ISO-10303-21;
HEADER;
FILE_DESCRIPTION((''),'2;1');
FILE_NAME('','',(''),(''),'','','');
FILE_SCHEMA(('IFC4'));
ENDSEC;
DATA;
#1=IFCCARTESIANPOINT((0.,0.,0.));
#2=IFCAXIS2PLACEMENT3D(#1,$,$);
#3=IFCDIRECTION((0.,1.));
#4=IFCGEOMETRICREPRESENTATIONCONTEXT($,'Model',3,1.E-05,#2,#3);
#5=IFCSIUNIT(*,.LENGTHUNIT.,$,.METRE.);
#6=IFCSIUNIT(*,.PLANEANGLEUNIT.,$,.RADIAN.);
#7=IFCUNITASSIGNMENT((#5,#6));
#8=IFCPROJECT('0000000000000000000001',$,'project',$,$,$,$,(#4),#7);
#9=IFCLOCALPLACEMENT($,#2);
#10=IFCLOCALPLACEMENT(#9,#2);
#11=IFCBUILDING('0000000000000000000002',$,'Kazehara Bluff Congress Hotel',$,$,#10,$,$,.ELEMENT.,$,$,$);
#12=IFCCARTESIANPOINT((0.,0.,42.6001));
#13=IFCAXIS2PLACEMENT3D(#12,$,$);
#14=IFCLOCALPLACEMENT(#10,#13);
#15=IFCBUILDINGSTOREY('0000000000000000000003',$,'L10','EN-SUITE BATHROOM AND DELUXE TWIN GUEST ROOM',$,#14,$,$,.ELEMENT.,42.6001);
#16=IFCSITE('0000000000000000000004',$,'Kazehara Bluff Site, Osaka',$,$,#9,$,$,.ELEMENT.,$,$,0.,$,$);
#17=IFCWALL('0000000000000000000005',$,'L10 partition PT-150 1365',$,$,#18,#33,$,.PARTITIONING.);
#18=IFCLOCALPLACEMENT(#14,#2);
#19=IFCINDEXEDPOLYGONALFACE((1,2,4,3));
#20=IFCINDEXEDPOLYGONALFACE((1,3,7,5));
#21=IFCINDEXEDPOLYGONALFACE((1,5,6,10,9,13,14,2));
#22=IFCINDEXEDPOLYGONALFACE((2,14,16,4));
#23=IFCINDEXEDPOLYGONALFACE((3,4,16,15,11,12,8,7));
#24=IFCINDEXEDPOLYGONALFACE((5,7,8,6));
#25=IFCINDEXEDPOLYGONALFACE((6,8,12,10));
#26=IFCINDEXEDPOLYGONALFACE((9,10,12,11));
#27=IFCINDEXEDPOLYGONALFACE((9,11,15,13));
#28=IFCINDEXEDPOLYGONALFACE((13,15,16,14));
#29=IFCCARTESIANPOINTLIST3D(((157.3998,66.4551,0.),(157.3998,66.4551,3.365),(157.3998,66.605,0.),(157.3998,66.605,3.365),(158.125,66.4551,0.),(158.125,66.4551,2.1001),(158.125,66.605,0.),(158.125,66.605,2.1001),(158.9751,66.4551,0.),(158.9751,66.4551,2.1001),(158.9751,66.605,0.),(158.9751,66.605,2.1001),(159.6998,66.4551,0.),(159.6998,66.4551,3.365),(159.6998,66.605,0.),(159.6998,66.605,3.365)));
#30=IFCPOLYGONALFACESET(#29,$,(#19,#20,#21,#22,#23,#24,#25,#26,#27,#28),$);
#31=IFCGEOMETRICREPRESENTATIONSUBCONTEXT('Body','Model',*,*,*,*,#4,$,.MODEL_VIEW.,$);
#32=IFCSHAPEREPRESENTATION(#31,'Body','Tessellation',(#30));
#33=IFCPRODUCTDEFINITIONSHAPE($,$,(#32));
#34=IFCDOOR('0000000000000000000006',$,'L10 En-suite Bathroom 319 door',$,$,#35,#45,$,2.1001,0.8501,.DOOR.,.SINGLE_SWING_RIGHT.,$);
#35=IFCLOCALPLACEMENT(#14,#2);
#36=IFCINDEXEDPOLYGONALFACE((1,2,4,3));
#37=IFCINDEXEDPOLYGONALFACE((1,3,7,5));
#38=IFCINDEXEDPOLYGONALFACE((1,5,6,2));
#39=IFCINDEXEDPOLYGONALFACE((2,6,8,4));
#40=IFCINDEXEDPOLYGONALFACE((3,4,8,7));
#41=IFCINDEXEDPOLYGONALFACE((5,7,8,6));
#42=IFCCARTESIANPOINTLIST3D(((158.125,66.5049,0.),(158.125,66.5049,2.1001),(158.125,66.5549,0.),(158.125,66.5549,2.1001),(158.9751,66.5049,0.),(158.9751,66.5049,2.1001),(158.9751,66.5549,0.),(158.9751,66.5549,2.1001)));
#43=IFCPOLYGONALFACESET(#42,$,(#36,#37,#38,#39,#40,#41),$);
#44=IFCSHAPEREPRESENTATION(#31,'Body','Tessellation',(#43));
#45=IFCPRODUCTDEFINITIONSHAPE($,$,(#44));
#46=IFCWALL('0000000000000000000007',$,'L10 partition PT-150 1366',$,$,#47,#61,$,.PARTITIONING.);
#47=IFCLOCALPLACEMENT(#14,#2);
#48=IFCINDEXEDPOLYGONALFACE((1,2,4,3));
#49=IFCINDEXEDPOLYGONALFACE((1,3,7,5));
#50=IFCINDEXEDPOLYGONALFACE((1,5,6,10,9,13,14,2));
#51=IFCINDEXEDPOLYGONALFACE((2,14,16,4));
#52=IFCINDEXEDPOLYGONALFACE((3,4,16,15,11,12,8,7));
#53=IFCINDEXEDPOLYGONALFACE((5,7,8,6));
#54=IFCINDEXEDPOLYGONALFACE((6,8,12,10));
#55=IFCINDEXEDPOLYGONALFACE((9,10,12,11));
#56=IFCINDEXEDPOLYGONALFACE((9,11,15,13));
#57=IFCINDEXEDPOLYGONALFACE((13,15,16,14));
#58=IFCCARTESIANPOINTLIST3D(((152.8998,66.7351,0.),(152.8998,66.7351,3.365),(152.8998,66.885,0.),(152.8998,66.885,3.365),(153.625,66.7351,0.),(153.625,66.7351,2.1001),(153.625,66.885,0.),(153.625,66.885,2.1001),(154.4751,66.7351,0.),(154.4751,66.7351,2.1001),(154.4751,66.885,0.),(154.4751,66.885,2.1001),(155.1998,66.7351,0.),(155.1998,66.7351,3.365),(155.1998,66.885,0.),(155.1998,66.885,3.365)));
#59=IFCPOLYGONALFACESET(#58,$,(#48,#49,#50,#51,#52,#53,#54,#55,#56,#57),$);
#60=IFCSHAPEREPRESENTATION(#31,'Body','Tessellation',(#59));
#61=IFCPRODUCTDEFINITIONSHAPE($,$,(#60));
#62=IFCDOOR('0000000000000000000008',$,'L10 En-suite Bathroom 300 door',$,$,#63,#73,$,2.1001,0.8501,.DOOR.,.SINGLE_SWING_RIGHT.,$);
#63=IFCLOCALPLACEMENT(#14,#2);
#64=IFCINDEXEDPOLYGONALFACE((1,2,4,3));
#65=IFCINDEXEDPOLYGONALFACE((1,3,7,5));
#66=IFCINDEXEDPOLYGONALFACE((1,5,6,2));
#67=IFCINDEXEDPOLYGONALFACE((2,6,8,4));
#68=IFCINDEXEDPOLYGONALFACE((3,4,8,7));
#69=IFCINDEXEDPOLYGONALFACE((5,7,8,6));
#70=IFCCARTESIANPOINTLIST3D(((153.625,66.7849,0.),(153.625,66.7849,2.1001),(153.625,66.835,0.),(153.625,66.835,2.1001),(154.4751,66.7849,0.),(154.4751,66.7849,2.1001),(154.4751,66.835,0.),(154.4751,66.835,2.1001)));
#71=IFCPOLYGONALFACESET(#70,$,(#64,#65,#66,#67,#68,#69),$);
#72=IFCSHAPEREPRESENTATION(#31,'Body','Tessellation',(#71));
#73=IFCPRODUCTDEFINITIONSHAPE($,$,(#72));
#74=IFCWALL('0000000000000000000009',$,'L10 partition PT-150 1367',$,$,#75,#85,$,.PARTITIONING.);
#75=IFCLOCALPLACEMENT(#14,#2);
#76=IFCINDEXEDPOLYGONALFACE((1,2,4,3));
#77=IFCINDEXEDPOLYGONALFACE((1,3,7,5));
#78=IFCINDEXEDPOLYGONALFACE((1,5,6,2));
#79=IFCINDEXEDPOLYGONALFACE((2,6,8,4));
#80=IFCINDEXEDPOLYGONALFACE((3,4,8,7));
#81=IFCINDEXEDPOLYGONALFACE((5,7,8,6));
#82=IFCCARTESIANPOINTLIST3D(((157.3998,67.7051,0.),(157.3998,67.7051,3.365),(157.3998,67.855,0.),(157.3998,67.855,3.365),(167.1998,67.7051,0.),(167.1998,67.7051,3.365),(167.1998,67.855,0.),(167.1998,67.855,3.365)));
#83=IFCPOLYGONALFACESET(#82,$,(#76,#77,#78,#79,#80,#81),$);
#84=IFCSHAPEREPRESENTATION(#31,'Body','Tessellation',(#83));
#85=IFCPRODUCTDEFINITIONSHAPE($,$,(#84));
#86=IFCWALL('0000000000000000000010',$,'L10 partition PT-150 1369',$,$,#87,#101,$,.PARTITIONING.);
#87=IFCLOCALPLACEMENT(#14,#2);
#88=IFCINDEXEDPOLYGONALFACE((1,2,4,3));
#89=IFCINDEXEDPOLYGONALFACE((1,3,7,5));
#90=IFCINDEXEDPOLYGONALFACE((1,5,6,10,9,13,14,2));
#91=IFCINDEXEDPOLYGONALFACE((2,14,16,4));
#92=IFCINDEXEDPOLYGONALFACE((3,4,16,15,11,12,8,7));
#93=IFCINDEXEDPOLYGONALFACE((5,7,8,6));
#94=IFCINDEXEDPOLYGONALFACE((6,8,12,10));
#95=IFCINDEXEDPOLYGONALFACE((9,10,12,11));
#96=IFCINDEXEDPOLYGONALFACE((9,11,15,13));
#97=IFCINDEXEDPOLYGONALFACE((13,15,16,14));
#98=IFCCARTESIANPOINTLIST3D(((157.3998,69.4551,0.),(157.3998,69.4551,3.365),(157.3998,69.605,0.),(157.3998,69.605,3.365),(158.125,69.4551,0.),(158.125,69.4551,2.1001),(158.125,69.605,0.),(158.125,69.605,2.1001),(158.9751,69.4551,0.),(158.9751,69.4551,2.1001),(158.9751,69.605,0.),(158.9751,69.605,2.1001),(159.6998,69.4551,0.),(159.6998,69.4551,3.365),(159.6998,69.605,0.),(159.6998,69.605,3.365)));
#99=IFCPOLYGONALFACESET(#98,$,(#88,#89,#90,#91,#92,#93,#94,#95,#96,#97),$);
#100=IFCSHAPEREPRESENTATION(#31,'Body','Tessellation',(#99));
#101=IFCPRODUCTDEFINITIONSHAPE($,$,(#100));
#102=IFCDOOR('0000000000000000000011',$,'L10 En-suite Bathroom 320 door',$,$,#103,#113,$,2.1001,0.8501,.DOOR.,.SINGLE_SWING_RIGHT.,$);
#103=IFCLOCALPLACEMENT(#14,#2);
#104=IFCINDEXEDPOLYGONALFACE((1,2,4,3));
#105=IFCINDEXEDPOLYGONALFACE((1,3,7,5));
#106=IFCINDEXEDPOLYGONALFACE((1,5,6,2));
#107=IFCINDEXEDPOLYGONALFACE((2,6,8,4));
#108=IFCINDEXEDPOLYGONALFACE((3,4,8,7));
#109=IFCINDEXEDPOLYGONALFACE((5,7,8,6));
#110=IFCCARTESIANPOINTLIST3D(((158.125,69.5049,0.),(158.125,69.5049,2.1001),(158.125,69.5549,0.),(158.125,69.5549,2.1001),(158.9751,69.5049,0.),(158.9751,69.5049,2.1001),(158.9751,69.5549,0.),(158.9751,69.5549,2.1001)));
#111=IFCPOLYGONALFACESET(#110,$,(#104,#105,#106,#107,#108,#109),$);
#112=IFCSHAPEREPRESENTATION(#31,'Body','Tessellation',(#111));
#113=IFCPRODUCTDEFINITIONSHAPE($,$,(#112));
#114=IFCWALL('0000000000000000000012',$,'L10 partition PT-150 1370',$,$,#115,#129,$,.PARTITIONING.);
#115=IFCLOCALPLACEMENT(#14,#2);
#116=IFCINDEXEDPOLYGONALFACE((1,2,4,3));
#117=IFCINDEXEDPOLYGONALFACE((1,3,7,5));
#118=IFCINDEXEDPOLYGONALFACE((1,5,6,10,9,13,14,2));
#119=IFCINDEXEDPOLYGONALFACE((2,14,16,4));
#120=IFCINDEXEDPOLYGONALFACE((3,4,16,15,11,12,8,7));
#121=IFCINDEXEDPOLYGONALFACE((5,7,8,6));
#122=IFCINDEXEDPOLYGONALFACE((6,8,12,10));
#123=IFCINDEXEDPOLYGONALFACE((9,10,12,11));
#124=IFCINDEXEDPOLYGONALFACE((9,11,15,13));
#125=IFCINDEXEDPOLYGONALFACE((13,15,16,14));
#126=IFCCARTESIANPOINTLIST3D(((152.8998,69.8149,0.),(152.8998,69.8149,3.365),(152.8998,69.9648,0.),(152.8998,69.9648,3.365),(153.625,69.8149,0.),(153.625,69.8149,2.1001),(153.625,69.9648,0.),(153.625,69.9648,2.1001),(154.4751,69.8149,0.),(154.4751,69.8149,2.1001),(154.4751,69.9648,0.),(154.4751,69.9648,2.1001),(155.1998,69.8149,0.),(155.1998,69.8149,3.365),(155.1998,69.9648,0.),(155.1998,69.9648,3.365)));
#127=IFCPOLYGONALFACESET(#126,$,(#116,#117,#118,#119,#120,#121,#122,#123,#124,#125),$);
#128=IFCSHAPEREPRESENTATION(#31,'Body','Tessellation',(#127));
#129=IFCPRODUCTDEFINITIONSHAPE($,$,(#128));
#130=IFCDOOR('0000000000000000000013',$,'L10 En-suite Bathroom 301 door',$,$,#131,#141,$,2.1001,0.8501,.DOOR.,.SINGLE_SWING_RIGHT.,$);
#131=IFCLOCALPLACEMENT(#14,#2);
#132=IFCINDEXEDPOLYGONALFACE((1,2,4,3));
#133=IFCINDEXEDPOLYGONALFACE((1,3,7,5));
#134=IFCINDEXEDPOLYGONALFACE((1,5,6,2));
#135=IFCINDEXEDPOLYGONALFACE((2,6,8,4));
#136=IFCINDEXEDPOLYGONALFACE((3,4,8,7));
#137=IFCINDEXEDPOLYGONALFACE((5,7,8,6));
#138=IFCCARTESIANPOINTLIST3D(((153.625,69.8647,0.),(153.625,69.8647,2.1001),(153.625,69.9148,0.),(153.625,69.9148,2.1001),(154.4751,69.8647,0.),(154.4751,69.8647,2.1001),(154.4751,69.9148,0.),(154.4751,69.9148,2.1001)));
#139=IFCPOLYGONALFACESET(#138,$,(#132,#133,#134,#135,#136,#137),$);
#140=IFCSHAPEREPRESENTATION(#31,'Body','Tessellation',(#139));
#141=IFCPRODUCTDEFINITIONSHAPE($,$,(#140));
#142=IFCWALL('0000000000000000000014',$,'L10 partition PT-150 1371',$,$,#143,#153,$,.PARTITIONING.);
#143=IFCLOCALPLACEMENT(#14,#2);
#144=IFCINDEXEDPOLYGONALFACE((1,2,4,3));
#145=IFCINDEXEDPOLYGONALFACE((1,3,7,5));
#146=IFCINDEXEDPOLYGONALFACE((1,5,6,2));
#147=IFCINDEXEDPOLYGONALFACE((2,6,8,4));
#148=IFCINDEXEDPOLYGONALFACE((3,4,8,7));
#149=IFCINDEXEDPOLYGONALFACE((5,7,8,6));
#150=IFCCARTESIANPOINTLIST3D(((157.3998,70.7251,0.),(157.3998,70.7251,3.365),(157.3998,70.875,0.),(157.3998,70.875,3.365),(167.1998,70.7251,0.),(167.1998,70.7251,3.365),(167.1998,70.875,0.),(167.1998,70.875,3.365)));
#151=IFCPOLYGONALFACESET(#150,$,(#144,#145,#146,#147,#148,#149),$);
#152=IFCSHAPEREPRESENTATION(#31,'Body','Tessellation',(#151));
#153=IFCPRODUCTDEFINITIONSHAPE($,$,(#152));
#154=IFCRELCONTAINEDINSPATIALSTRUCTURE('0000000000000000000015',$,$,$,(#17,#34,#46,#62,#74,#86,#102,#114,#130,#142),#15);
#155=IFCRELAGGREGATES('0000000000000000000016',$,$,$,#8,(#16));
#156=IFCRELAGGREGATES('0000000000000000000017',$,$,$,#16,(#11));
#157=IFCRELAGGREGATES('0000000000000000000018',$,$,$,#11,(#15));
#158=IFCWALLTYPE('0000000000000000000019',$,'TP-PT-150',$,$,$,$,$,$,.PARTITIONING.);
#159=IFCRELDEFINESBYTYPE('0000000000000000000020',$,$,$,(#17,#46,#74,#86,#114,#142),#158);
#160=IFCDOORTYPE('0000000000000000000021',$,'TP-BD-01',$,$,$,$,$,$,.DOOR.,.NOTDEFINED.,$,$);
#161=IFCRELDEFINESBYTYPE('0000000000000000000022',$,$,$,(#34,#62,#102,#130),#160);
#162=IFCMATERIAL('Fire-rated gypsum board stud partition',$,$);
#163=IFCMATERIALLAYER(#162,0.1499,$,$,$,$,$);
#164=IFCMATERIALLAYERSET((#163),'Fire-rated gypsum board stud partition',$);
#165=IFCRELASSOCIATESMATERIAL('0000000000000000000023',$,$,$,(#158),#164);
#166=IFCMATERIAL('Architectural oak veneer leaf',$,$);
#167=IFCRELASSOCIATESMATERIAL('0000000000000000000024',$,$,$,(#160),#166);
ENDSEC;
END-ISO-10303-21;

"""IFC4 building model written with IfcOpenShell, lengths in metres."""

from ifc_helpers import new_model, si_unit, direction, frame, frame_2d, origin, place, context, subcontext, project, spatial, rectangle, extrude, material, layer, layer_set, type_object, element, fill, save


model = new_model("IFC4")

# Units and contexts
model_context = context("Model", 3, precision=1e-05, world=origin(), true_north=direction((0.0, 1.0)))
body_context = subcontext(model_context, "Body", "Model", "MODEL_VIEW")
ifc_project = project(units=[si_unit("LENGTHUNIT", "METRE"), si_unit("PLANEANGLEUNIT", "RADIAN")], contexts=[model_context])

# Site, building, storey
site_placement = place(None, origin())
site = spatial("IfcSite", under=ifc_project, at=site_placement, Name="Kazehara Bluff Site, Osaka", CompositionType="ELEMENT", RefElevation=0.0)
building_placement = place(site_placement, origin())
building = spatial("IfcBuilding", under=site, at=building_placement, Name="Kazehara Bluff Congress Hotel", CompositionType="ELEMENT")
storey_placement = place(building_placement, frame((0.0, 0.0, 42.6001)))
storey = spatial("IfcBuildingStorey", under=building, at=storey_placement, Name="L10", Description="EN-SUITE BATHROOM AND DELUXE TWIN GUEST ROOM", CompositionType="ELEMENT", Elevation=42.6001)

# Shared definitions
ifc_material_1 = material(Name="Fire-rated gypsum board stud partition")
ifc_layer = layer(ifc_material_1, 0.1499)
ifc_layer_set = layer_set([ifc_layer], Name="Fire-rated gypsum board stud partition")
wall_type = type_object("IfcWallType", Name="TP-PT-150", PredefinedType="PARTITIONING", material=ifc_layer_set)
ifc_material_2 = material(Name="Architectural oak veneer leaf")
door_type = type_object("IfcDoorType", Name="TP-BD-01", OperationType="NOTDEFINED", PredefinedType="DOOR", material=ifc_material_2)

# Walls, openings, doors
wall_1_placement = place(storey_placement, frame((157.3999, 66.53, 0.0), z_axis=(0.0, 0.0, 1.0), x_axis=(1.0, 0.0, 0.0)))
wall_1 = element("IfcWall", 1, at=wall_1_placement, inside=storey, type_object=wall_type, Name="L10 partition PT-150 1365", PredefinedType="PARTITIONING", context=body_context, shape_type="SweptSolid", body=[
    extrude(rectangle(XDim=2.3, YDim=0.1499, at=frame_2d((1.1499, 0.0))), origin(), (0.0, 0.0, 1.0), 3.365),
])
opening_1_placement = place(wall_1_placement, frame((0.7251, 0.0, 0.0)))
opening_1 = element("IfcOpeningElement", 2, at=opening_1_placement, cuts=wall_1, PredefinedType="OPENING", context=body_context, shape_type="SweptSolid", body=[
    extrude(rectangle(XDim=0.8501, YDim=2.1001, at=frame_2d((0.425, 1.05))), frame((0.0, 0.085, 0.0), z_axis=(0.0, -1.0, 0.0), x_axis=(1.0, 0.0, 0.0)), (0.0, 0.0, 1.0), 0.1699),
])
door_1_placement = place(opening_1_placement, origin())
door_1 = element("IfcDoor", 3, at=door_1_placement, inside=storey, type_object=door_type, Name="L10 En-suite Bathroom 319 door", OperationType="SINGLE_SWING_RIGHT", OverallHeight=2.1001, OverallWidth=0.8501, PredefinedType="DOOR", context=body_context, shape_type="SweptSolid", body=[
    extrude(rectangle(XDim=0.8501, YDim=2.1001, at=frame_2d((0.425, 1.05))), frame((0.0, 0.0249, 0.0), z_axis=(0.0, -1.0, 0.0), x_axis=(1.0, 0.0, 0.0)), (0.0, 0.0, 1.0), 0.05),
])
fill(opening_1, door_1)
wall_2_placement = place(storey_placement, frame((152.8999, 66.8101, 0.0), z_axis=(0.0, 0.0, 1.0), x_axis=(1.0, 0.0, 0.0)))
wall_2 = element("IfcWall", 4, at=wall_2_placement, inside=storey, type_object=wall_type, Name="L10 partition PT-150 1366", PredefinedType="PARTITIONING", context=body_context, shape_type="SweptSolid", body=[
    extrude(rectangle(XDim=2.3, YDim=0.1499, at=frame_2d((1.1499, 0.0))), origin(), (0.0, 0.0, 1.0), 3.365),
])
opening_2_placement = place(wall_2_placement, frame((0.7251, 0.0, 0.0)))
opening_2 = element("IfcOpeningElement", 5, at=opening_2_placement, cuts=wall_2, PredefinedType="OPENING", context=body_context, shape_type="SweptSolid", body=[
    extrude(rectangle(XDim=0.8501, YDim=2.1001, at=frame_2d((0.425, 1.05))), frame((0.0, 0.085, 0.0), z_axis=(0.0, -1.0, 0.0), x_axis=(1.0, 0.0, 0.0)), (0.0, 0.0, 1.0), 0.1699),
])
door_2_placement = place(opening_2_placement, origin())
door_2 = element("IfcDoor", 6, at=door_2_placement, inside=storey, type_object=door_type, Name="L10 En-suite Bathroom 300 door", OperationType="SINGLE_SWING_RIGHT", OverallHeight=2.1001, OverallWidth=0.8501, PredefinedType="DOOR", context=body_context, shape_type="SweptSolid", body=[
    extrude(rectangle(XDim=0.8501, YDim=2.1001, at=frame_2d((0.425, 1.05))), frame((0.0, 0.0249, 0.0), z_axis=(0.0, -1.0, 0.0), x_axis=(1.0, 0.0, 0.0)), (0.0, 0.0, 1.0), 0.05),
])
fill(opening_2, door_2)

# Wall
wall_3_placement = place(storey_placement, frame((157.3999, 67.78, 0.0), z_axis=(0.0, 0.0, 1.0), x_axis=(1.0, 0.0, 0.0)))
element("IfcWall", 7, at=wall_3_placement, inside=storey, type_object=wall_type, Name="L10 partition PT-150 1367", PredefinedType="PARTITIONING", context=body_context, shape_type="SweptSolid", body=[
    extrude(rectangle(XDim=9.8, YDim=0.1499, at=frame_2d((4.8999, 0.0))), origin(), (0.0, 0.0, 1.0), 3.365),
])

# Walls, openings, doors
wall_4_placement = place(storey_placement, frame((157.3999, 69.53, 0.0), z_axis=(0.0, 0.0, 1.0), x_axis=(1.0, 0.0, 0.0)))
wall_4 = element("IfcWall", 8, at=wall_4_placement, inside=storey, type_object=wall_type, Name="L10 partition PT-150 1369", PredefinedType="PARTITIONING", context=body_context, shape_type="SweptSolid", body=[
    extrude(rectangle(XDim=2.3, YDim=0.1499, at=frame_2d((1.1499, 0.0))), origin(), (0.0, 0.0, 1.0), 3.365),
])
opening_3_placement = place(wall_4_placement, frame((0.7251, 0.0, 0.0)))
opening_3 = element("IfcOpeningElement", 9, at=opening_3_placement, cuts=wall_4, PredefinedType="OPENING", context=body_context, shape_type="SweptSolid", body=[
    extrude(rectangle(XDim=0.8501, YDim=2.1001, at=frame_2d((0.425, 1.05))), frame((0.0, 0.085, 0.0), z_axis=(0.0, -1.0, 0.0), x_axis=(1.0, 0.0, 0.0)), (0.0, 0.0, 1.0), 0.1699),
])
door_3_placement = place(opening_3_placement, origin())
door_3 = element("IfcDoor", 10, at=door_3_placement, inside=storey, type_object=door_type, Name="L10 En-suite Bathroom 320 door", OperationType="SINGLE_SWING_RIGHT", OverallHeight=2.1001, OverallWidth=0.8501, PredefinedType="DOOR", context=body_context, shape_type="SweptSolid", body=[
    extrude(rectangle(XDim=0.8501, YDim=2.1001, at=frame_2d((0.425, 1.05))), frame((0.0, 0.0249, 0.0), z_axis=(0.0, -1.0, 0.0), x_axis=(1.0, 0.0, 0.0)), (0.0, 0.0, 1.0), 0.05),
])
fill(opening_3, door_3)
wall_5_placement = place(storey_placement, frame((152.8999, 69.8899, 0.0), z_axis=(0.0, 0.0, 1.0), x_axis=(1.0, 0.0, 0.0)))
wall_5 = element("IfcWall", 11, at=wall_5_placement, inside=storey, type_object=wall_type, Name="L10 partition PT-150 1370", PredefinedType="PARTITIONING", context=body_context, shape_type="SweptSolid", body=[
    extrude(rectangle(XDim=2.3, YDim=0.1499, at=frame_2d((1.1499, 0.0))), origin(), (0.0, 0.0, 1.0), 3.365),
])
opening_4_placement = place(wall_5_placement, frame((0.7251, 0.0, 0.0)))
opening_4 = element("IfcOpeningElement", 12, at=opening_4_placement, cuts=wall_5, PredefinedType="OPENING", context=body_context, shape_type="SweptSolid", body=[
    extrude(rectangle(XDim=0.8501, YDim=2.1001, at=frame_2d((0.425, 1.05))), frame((0.0, 0.085, 0.0), z_axis=(0.0, -1.0, 0.0), x_axis=(1.0, 0.0, 0.0)), (0.0, 0.0, 1.0), 0.1699),
])
door_4_placement = place(opening_4_placement, origin())
door_4 = element("IfcDoor", 13, at=door_4_placement, inside=storey, type_object=door_type, Name="L10 En-suite Bathroom 301 door", OperationType="SINGLE_SWING_RIGHT", OverallHeight=2.1001, OverallWidth=0.8501, PredefinedType="DOOR", context=body_context, shape_type="SweptSolid", body=[
    extrude(rectangle(XDim=0.8501, YDim=2.1001, at=frame_2d((0.425, 1.05))), frame((0.0, 0.0249, 0.0), z_axis=(0.0, -1.0, 0.0), x_axis=(1.0, 0.0, 0.0)), (0.0, 0.0, 1.0), 0.05),
])
fill(opening_4, door_4)

# Wall
wall_6_placement = place(storey_placement, frame((157.3999, 70.8, 0.0), z_axis=(0.0, 0.0, 1.0), x_axis=(1.0, 0.0, 0.0)))
element("IfcWall", 14, at=wall_6_placement, inside=storey, type_object=wall_type, Name="L10 partition PT-150 1371", PredefinedType="PARTITIONING", context=body_context, shape_type="SweptSolid", body=[
    extrude(rectangle(XDim=9.8, YDim=0.1499, at=frame_2d((4.8999, 0.0))), origin(), (0.0, 0.0, 1.0), 3.365),
])

save(model, "model.ifc")
